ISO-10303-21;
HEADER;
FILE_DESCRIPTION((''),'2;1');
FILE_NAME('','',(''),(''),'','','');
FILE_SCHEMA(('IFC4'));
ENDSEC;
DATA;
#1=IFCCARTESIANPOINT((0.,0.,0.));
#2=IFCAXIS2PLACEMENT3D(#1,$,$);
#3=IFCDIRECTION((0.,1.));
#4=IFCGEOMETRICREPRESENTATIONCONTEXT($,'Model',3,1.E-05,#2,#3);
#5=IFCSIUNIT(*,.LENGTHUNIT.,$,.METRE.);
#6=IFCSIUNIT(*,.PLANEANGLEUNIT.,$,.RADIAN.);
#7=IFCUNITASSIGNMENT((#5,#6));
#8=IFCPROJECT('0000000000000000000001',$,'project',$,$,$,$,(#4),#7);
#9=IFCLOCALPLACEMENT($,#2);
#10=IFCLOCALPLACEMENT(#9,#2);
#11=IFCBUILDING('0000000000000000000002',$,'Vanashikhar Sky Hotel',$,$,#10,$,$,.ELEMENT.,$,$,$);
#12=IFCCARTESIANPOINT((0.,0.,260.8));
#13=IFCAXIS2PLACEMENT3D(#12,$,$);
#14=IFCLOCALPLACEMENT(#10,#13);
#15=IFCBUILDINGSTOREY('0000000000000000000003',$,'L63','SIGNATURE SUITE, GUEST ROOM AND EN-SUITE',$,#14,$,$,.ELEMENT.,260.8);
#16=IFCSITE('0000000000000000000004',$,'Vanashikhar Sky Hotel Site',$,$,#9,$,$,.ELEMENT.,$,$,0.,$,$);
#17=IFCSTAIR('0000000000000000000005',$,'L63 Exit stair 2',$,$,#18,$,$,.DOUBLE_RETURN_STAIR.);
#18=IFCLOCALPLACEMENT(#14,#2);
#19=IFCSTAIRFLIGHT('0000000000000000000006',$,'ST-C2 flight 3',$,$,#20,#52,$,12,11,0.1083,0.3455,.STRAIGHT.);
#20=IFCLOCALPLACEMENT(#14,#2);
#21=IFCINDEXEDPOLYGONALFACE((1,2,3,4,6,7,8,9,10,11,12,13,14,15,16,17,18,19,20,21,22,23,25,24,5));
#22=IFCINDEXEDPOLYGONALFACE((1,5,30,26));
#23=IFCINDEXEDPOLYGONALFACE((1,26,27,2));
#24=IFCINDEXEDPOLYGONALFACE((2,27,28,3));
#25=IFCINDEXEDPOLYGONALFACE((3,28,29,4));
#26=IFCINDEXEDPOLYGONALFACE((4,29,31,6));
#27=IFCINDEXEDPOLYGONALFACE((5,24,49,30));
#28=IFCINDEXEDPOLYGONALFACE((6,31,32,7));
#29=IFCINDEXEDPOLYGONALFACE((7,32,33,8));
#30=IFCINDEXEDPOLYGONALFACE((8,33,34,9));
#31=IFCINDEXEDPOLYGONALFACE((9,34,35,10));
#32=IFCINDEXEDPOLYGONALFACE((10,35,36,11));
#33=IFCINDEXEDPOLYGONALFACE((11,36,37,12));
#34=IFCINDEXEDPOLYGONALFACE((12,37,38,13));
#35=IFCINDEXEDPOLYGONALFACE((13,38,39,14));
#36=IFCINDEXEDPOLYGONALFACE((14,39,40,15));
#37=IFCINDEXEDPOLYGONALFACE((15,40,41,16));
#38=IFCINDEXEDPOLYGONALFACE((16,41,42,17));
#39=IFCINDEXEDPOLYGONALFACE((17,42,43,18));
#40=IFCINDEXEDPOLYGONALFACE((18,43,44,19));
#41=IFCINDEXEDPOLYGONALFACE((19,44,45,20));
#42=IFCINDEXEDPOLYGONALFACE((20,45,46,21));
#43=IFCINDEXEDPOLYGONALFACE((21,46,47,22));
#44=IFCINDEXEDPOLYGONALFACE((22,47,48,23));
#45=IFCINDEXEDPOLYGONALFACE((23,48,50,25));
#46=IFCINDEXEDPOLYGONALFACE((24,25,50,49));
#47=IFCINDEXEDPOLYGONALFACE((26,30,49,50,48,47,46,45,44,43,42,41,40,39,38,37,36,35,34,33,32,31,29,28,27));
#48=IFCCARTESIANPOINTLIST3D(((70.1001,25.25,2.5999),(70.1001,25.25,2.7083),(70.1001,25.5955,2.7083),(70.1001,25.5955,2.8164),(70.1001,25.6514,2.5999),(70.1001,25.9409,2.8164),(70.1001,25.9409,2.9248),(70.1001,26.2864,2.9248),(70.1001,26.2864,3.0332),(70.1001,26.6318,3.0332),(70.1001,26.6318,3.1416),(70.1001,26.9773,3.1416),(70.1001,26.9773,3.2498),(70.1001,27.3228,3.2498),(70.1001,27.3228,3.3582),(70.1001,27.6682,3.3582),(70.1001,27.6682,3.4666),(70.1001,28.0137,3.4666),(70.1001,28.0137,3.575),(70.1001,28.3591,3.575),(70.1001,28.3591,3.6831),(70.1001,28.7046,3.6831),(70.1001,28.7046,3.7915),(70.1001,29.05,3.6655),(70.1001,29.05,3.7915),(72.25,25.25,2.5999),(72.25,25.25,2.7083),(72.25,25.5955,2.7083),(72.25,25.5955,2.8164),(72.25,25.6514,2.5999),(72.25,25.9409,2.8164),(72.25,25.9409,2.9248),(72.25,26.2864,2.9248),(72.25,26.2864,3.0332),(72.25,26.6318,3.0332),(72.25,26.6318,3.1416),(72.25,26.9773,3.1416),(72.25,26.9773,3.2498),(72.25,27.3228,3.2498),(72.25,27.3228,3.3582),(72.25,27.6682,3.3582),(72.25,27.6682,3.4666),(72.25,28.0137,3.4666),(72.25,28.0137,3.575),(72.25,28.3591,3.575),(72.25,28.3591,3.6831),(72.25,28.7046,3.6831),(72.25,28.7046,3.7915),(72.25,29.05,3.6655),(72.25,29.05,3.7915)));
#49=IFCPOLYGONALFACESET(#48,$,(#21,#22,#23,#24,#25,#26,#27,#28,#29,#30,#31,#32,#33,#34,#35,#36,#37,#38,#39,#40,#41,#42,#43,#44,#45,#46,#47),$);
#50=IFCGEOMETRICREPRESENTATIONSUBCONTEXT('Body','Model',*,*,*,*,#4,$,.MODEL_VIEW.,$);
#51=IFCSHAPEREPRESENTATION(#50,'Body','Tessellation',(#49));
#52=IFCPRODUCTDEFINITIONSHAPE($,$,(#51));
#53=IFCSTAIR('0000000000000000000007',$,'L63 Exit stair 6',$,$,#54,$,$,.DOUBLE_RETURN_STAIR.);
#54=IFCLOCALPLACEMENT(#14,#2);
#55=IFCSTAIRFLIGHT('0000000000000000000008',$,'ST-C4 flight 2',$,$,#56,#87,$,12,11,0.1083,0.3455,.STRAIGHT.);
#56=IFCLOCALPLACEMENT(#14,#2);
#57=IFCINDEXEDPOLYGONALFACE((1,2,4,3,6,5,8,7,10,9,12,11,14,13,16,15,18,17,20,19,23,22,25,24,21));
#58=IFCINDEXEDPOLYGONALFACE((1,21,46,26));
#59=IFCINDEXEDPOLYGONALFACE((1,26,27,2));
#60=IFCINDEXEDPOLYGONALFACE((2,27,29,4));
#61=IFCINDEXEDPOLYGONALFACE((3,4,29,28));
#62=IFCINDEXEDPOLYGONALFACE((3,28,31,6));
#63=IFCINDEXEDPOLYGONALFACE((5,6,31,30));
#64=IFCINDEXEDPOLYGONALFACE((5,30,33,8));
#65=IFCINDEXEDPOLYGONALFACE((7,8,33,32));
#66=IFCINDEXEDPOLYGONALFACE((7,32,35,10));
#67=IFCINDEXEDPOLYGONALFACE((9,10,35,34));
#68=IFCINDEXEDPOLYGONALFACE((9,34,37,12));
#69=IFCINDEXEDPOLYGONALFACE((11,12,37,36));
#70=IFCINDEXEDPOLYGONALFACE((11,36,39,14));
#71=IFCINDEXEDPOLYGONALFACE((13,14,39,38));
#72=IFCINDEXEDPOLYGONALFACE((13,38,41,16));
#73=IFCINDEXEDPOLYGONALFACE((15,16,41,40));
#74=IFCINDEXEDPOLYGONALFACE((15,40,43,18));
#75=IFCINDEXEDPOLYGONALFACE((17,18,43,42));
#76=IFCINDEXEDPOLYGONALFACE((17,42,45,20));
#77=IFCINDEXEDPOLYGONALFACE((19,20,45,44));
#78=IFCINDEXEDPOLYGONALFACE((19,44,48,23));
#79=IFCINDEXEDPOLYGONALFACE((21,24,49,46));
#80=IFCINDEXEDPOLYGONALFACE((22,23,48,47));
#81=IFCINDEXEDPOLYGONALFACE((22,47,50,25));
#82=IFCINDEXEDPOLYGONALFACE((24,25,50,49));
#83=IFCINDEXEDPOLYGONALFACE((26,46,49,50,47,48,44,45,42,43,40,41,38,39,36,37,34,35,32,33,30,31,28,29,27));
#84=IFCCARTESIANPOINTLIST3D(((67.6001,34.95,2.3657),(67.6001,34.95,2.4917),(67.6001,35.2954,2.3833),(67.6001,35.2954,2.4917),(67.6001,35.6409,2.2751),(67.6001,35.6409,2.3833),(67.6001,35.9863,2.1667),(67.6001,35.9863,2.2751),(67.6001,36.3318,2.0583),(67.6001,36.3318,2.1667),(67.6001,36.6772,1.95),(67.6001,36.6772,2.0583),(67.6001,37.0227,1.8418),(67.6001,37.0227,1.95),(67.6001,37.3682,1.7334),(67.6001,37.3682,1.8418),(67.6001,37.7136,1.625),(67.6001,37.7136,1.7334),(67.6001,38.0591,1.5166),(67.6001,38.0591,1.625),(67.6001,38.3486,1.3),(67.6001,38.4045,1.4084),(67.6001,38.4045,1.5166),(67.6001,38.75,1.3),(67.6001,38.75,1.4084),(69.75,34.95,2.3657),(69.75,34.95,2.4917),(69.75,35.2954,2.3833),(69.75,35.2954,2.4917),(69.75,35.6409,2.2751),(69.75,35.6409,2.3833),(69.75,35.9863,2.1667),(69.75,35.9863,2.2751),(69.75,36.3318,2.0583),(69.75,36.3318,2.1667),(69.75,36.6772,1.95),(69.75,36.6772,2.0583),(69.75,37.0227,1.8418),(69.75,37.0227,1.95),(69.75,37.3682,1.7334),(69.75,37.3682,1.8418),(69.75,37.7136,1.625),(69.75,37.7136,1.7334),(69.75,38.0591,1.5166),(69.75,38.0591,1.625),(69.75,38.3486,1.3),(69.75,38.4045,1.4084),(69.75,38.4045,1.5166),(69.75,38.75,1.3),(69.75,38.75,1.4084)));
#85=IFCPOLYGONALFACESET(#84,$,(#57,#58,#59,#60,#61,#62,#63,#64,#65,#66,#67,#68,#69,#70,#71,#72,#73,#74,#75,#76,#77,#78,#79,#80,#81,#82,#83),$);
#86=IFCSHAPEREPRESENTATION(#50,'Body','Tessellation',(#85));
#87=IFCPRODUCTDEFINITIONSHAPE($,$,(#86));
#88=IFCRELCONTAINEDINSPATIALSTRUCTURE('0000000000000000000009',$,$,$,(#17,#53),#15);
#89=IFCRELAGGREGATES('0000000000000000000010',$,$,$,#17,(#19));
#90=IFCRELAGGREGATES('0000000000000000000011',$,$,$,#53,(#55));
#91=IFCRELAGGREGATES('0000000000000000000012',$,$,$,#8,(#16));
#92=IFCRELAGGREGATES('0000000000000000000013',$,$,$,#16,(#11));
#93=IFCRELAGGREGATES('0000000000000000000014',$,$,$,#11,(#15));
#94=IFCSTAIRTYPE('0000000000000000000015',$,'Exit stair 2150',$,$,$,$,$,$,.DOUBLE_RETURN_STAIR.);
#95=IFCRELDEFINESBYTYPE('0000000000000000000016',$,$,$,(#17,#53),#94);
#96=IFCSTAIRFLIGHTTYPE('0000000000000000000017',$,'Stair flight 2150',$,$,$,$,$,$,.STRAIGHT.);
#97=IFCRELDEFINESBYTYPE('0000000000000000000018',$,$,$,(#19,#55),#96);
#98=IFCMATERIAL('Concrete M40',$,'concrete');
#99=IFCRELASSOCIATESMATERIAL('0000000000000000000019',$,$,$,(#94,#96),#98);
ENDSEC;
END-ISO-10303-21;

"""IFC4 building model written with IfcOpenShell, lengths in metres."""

from ifc_helpers import new_model, si_unit, direction, frame, origin, place, context, subcontext, project, spatial, polyline, outline, extrude, source, transform, mapped, material, type_object, element, aggregate, save


model = new_model("IFC4")

# Units and contexts
model_context = context("Model", 3, precision=1e-05, world=origin(), true_north=direction((0.0, 1.0)))
body_context = subcontext(model_context, "Body", "Model", "MODEL_VIEW")
ifc_project = project(units=[si_unit("LENGTHUNIT", "METRE"), si_unit("PLANEANGLEUNIT", "RADIAN")], contexts=[model_context])

# Site, building, storey
site_placement = place(None, origin())
site = spatial("IfcSite", under=ifc_project, at=site_placement, Name="Vanashikhar Sky Hotel Site", CompositionType="ELEMENT", RefElevation=0.0)
building_placement = place(site_placement, origin())
building = spatial("IfcBuilding", under=site, at=building_placement, Name="Vanashikhar Sky Hotel", CompositionType="ELEMENT")
storey_placement = place(building_placement, frame((0.0, 0.0, 260.8)))
storey = spatial("IfcBuildingStorey", under=building, at=storey_placement, Name="L63", Description="SIGNATURE SUITE, GUEST ROOM AND EN-SUITE", CompositionType="ELEMENT", Elevation=260.8)

# Stair, stair flight
ifc_material_1 = material(Name="Concrete M40", Category="concrete")
stair_type = type_object("IfcStairType", Name="Exit stair 2150", PredefinedType="DOUBLE_RETURN_STAIR", material=ifc_material_1)
stair_1_placement = place(storey_placement, origin())
stair_1 = element("IfcStair", 1, at=stair_1_placement, inside=storey, type_object=stair_type, Name="L63 Exit stair 2", PredefinedType="DOUBLE_RETURN_STAIR")
stair_flight_type = type_object("IfcStairFlightType", Name="Stair flight 2150", PredefinedType="STRAIGHT", material=ifc_material_1)
shared_shape_1 = source(origin(), body_context, "Body", "SweptSolid", [
    extrude(outline(polyline([(0.0, 0.0), (0.0, 0.1084), (0.3455, 0.1084), (0.3455, 0.2166), (0.6909, 0.2166), (0.6909, 0.325), (1.0364, 0.325), (1.0364, 0.4333), (1.3818, 0.4333), (1.3818, 0.5417), (1.7273, 0.5417), (1.7273, 0.6499), (2.0728, 0.6499), (2.0728, 0.7583), (2.4182, 0.7583), (2.4182, 0.8667), (2.7637, 0.8667), (2.7637, 0.9751), (3.1091, 0.9751), (3.1091, 1.0833), (3.4546, 1.0833), (3.4546, 1.1917), (3.8, 1.1917), (3.8, 1.3), (3.8, 1.0657), (0.4014, 0.0), (0.0, 0.0)])), frame((0.0, 1.075, 0.0), z_axis=(0.0, -1.0, 0.0), x_axis=(1.0, 0.0, 0.0)), (0.0, 0.0, 1.0), 2.1499),
])
stair_flight_1_placement = place(storey_placement, frame((71.175, 25.25, 2.5999), z_axis=(0.0, 0.0, 1.0), x_axis=(0.0, 1.0, 0.0)))
stair_flight_1 = element("IfcStairFlight", 2, at=stair_flight_1_placement, type_object=stair_flight_type, Name="ST-C2 flight 3", NumberOfRisers=12, NumberOfTreads=11, PredefinedType="STRAIGHT", RiserHeight=0.1083, TreadLength=0.3455, context=body_context, shape_type="MappedRepresentation", body=[
    mapped(shared_shape_1, transform((0.0, 0.0, 0.0), scale=1.0)),
])
aggregate(stair_1, [stair_flight_1])

# Stair, stair flight
stair_2_placement = place(storey_placement, origin())
stair_2 = element("IfcStair", 3, at=stair_2_placement, inside=storey, type_object=stair_type, Name="L63 Exit stair 6", PredefinedType="DOUBLE_RETURN_STAIR")
stair_flight_2_placement = place(storey_placement, frame((68.675, 38.75, 1.3), z_axis=(0.0, 0.0, 1.0), x_axis=(0.0, -1.0, 0.0)))
stair_flight_2 = element("IfcStairFlight", 4, at=stair_flight_2_placement, type_object=stair_flight_type, Name="ST-C4 flight 2", NumberOfRisers=12, NumberOfTreads=11, PredefinedType="STRAIGHT", RiserHeight=0.1083, TreadLength=0.3455, context=body_context, shape_type="MappedRepresentation", body=[
    mapped(shared_shape_1, transform((0.0, 0.0, 0.0), scale=1.0)),
])
aggregate(stair_2, [stair_flight_2])

save(model, "model.ifc")
